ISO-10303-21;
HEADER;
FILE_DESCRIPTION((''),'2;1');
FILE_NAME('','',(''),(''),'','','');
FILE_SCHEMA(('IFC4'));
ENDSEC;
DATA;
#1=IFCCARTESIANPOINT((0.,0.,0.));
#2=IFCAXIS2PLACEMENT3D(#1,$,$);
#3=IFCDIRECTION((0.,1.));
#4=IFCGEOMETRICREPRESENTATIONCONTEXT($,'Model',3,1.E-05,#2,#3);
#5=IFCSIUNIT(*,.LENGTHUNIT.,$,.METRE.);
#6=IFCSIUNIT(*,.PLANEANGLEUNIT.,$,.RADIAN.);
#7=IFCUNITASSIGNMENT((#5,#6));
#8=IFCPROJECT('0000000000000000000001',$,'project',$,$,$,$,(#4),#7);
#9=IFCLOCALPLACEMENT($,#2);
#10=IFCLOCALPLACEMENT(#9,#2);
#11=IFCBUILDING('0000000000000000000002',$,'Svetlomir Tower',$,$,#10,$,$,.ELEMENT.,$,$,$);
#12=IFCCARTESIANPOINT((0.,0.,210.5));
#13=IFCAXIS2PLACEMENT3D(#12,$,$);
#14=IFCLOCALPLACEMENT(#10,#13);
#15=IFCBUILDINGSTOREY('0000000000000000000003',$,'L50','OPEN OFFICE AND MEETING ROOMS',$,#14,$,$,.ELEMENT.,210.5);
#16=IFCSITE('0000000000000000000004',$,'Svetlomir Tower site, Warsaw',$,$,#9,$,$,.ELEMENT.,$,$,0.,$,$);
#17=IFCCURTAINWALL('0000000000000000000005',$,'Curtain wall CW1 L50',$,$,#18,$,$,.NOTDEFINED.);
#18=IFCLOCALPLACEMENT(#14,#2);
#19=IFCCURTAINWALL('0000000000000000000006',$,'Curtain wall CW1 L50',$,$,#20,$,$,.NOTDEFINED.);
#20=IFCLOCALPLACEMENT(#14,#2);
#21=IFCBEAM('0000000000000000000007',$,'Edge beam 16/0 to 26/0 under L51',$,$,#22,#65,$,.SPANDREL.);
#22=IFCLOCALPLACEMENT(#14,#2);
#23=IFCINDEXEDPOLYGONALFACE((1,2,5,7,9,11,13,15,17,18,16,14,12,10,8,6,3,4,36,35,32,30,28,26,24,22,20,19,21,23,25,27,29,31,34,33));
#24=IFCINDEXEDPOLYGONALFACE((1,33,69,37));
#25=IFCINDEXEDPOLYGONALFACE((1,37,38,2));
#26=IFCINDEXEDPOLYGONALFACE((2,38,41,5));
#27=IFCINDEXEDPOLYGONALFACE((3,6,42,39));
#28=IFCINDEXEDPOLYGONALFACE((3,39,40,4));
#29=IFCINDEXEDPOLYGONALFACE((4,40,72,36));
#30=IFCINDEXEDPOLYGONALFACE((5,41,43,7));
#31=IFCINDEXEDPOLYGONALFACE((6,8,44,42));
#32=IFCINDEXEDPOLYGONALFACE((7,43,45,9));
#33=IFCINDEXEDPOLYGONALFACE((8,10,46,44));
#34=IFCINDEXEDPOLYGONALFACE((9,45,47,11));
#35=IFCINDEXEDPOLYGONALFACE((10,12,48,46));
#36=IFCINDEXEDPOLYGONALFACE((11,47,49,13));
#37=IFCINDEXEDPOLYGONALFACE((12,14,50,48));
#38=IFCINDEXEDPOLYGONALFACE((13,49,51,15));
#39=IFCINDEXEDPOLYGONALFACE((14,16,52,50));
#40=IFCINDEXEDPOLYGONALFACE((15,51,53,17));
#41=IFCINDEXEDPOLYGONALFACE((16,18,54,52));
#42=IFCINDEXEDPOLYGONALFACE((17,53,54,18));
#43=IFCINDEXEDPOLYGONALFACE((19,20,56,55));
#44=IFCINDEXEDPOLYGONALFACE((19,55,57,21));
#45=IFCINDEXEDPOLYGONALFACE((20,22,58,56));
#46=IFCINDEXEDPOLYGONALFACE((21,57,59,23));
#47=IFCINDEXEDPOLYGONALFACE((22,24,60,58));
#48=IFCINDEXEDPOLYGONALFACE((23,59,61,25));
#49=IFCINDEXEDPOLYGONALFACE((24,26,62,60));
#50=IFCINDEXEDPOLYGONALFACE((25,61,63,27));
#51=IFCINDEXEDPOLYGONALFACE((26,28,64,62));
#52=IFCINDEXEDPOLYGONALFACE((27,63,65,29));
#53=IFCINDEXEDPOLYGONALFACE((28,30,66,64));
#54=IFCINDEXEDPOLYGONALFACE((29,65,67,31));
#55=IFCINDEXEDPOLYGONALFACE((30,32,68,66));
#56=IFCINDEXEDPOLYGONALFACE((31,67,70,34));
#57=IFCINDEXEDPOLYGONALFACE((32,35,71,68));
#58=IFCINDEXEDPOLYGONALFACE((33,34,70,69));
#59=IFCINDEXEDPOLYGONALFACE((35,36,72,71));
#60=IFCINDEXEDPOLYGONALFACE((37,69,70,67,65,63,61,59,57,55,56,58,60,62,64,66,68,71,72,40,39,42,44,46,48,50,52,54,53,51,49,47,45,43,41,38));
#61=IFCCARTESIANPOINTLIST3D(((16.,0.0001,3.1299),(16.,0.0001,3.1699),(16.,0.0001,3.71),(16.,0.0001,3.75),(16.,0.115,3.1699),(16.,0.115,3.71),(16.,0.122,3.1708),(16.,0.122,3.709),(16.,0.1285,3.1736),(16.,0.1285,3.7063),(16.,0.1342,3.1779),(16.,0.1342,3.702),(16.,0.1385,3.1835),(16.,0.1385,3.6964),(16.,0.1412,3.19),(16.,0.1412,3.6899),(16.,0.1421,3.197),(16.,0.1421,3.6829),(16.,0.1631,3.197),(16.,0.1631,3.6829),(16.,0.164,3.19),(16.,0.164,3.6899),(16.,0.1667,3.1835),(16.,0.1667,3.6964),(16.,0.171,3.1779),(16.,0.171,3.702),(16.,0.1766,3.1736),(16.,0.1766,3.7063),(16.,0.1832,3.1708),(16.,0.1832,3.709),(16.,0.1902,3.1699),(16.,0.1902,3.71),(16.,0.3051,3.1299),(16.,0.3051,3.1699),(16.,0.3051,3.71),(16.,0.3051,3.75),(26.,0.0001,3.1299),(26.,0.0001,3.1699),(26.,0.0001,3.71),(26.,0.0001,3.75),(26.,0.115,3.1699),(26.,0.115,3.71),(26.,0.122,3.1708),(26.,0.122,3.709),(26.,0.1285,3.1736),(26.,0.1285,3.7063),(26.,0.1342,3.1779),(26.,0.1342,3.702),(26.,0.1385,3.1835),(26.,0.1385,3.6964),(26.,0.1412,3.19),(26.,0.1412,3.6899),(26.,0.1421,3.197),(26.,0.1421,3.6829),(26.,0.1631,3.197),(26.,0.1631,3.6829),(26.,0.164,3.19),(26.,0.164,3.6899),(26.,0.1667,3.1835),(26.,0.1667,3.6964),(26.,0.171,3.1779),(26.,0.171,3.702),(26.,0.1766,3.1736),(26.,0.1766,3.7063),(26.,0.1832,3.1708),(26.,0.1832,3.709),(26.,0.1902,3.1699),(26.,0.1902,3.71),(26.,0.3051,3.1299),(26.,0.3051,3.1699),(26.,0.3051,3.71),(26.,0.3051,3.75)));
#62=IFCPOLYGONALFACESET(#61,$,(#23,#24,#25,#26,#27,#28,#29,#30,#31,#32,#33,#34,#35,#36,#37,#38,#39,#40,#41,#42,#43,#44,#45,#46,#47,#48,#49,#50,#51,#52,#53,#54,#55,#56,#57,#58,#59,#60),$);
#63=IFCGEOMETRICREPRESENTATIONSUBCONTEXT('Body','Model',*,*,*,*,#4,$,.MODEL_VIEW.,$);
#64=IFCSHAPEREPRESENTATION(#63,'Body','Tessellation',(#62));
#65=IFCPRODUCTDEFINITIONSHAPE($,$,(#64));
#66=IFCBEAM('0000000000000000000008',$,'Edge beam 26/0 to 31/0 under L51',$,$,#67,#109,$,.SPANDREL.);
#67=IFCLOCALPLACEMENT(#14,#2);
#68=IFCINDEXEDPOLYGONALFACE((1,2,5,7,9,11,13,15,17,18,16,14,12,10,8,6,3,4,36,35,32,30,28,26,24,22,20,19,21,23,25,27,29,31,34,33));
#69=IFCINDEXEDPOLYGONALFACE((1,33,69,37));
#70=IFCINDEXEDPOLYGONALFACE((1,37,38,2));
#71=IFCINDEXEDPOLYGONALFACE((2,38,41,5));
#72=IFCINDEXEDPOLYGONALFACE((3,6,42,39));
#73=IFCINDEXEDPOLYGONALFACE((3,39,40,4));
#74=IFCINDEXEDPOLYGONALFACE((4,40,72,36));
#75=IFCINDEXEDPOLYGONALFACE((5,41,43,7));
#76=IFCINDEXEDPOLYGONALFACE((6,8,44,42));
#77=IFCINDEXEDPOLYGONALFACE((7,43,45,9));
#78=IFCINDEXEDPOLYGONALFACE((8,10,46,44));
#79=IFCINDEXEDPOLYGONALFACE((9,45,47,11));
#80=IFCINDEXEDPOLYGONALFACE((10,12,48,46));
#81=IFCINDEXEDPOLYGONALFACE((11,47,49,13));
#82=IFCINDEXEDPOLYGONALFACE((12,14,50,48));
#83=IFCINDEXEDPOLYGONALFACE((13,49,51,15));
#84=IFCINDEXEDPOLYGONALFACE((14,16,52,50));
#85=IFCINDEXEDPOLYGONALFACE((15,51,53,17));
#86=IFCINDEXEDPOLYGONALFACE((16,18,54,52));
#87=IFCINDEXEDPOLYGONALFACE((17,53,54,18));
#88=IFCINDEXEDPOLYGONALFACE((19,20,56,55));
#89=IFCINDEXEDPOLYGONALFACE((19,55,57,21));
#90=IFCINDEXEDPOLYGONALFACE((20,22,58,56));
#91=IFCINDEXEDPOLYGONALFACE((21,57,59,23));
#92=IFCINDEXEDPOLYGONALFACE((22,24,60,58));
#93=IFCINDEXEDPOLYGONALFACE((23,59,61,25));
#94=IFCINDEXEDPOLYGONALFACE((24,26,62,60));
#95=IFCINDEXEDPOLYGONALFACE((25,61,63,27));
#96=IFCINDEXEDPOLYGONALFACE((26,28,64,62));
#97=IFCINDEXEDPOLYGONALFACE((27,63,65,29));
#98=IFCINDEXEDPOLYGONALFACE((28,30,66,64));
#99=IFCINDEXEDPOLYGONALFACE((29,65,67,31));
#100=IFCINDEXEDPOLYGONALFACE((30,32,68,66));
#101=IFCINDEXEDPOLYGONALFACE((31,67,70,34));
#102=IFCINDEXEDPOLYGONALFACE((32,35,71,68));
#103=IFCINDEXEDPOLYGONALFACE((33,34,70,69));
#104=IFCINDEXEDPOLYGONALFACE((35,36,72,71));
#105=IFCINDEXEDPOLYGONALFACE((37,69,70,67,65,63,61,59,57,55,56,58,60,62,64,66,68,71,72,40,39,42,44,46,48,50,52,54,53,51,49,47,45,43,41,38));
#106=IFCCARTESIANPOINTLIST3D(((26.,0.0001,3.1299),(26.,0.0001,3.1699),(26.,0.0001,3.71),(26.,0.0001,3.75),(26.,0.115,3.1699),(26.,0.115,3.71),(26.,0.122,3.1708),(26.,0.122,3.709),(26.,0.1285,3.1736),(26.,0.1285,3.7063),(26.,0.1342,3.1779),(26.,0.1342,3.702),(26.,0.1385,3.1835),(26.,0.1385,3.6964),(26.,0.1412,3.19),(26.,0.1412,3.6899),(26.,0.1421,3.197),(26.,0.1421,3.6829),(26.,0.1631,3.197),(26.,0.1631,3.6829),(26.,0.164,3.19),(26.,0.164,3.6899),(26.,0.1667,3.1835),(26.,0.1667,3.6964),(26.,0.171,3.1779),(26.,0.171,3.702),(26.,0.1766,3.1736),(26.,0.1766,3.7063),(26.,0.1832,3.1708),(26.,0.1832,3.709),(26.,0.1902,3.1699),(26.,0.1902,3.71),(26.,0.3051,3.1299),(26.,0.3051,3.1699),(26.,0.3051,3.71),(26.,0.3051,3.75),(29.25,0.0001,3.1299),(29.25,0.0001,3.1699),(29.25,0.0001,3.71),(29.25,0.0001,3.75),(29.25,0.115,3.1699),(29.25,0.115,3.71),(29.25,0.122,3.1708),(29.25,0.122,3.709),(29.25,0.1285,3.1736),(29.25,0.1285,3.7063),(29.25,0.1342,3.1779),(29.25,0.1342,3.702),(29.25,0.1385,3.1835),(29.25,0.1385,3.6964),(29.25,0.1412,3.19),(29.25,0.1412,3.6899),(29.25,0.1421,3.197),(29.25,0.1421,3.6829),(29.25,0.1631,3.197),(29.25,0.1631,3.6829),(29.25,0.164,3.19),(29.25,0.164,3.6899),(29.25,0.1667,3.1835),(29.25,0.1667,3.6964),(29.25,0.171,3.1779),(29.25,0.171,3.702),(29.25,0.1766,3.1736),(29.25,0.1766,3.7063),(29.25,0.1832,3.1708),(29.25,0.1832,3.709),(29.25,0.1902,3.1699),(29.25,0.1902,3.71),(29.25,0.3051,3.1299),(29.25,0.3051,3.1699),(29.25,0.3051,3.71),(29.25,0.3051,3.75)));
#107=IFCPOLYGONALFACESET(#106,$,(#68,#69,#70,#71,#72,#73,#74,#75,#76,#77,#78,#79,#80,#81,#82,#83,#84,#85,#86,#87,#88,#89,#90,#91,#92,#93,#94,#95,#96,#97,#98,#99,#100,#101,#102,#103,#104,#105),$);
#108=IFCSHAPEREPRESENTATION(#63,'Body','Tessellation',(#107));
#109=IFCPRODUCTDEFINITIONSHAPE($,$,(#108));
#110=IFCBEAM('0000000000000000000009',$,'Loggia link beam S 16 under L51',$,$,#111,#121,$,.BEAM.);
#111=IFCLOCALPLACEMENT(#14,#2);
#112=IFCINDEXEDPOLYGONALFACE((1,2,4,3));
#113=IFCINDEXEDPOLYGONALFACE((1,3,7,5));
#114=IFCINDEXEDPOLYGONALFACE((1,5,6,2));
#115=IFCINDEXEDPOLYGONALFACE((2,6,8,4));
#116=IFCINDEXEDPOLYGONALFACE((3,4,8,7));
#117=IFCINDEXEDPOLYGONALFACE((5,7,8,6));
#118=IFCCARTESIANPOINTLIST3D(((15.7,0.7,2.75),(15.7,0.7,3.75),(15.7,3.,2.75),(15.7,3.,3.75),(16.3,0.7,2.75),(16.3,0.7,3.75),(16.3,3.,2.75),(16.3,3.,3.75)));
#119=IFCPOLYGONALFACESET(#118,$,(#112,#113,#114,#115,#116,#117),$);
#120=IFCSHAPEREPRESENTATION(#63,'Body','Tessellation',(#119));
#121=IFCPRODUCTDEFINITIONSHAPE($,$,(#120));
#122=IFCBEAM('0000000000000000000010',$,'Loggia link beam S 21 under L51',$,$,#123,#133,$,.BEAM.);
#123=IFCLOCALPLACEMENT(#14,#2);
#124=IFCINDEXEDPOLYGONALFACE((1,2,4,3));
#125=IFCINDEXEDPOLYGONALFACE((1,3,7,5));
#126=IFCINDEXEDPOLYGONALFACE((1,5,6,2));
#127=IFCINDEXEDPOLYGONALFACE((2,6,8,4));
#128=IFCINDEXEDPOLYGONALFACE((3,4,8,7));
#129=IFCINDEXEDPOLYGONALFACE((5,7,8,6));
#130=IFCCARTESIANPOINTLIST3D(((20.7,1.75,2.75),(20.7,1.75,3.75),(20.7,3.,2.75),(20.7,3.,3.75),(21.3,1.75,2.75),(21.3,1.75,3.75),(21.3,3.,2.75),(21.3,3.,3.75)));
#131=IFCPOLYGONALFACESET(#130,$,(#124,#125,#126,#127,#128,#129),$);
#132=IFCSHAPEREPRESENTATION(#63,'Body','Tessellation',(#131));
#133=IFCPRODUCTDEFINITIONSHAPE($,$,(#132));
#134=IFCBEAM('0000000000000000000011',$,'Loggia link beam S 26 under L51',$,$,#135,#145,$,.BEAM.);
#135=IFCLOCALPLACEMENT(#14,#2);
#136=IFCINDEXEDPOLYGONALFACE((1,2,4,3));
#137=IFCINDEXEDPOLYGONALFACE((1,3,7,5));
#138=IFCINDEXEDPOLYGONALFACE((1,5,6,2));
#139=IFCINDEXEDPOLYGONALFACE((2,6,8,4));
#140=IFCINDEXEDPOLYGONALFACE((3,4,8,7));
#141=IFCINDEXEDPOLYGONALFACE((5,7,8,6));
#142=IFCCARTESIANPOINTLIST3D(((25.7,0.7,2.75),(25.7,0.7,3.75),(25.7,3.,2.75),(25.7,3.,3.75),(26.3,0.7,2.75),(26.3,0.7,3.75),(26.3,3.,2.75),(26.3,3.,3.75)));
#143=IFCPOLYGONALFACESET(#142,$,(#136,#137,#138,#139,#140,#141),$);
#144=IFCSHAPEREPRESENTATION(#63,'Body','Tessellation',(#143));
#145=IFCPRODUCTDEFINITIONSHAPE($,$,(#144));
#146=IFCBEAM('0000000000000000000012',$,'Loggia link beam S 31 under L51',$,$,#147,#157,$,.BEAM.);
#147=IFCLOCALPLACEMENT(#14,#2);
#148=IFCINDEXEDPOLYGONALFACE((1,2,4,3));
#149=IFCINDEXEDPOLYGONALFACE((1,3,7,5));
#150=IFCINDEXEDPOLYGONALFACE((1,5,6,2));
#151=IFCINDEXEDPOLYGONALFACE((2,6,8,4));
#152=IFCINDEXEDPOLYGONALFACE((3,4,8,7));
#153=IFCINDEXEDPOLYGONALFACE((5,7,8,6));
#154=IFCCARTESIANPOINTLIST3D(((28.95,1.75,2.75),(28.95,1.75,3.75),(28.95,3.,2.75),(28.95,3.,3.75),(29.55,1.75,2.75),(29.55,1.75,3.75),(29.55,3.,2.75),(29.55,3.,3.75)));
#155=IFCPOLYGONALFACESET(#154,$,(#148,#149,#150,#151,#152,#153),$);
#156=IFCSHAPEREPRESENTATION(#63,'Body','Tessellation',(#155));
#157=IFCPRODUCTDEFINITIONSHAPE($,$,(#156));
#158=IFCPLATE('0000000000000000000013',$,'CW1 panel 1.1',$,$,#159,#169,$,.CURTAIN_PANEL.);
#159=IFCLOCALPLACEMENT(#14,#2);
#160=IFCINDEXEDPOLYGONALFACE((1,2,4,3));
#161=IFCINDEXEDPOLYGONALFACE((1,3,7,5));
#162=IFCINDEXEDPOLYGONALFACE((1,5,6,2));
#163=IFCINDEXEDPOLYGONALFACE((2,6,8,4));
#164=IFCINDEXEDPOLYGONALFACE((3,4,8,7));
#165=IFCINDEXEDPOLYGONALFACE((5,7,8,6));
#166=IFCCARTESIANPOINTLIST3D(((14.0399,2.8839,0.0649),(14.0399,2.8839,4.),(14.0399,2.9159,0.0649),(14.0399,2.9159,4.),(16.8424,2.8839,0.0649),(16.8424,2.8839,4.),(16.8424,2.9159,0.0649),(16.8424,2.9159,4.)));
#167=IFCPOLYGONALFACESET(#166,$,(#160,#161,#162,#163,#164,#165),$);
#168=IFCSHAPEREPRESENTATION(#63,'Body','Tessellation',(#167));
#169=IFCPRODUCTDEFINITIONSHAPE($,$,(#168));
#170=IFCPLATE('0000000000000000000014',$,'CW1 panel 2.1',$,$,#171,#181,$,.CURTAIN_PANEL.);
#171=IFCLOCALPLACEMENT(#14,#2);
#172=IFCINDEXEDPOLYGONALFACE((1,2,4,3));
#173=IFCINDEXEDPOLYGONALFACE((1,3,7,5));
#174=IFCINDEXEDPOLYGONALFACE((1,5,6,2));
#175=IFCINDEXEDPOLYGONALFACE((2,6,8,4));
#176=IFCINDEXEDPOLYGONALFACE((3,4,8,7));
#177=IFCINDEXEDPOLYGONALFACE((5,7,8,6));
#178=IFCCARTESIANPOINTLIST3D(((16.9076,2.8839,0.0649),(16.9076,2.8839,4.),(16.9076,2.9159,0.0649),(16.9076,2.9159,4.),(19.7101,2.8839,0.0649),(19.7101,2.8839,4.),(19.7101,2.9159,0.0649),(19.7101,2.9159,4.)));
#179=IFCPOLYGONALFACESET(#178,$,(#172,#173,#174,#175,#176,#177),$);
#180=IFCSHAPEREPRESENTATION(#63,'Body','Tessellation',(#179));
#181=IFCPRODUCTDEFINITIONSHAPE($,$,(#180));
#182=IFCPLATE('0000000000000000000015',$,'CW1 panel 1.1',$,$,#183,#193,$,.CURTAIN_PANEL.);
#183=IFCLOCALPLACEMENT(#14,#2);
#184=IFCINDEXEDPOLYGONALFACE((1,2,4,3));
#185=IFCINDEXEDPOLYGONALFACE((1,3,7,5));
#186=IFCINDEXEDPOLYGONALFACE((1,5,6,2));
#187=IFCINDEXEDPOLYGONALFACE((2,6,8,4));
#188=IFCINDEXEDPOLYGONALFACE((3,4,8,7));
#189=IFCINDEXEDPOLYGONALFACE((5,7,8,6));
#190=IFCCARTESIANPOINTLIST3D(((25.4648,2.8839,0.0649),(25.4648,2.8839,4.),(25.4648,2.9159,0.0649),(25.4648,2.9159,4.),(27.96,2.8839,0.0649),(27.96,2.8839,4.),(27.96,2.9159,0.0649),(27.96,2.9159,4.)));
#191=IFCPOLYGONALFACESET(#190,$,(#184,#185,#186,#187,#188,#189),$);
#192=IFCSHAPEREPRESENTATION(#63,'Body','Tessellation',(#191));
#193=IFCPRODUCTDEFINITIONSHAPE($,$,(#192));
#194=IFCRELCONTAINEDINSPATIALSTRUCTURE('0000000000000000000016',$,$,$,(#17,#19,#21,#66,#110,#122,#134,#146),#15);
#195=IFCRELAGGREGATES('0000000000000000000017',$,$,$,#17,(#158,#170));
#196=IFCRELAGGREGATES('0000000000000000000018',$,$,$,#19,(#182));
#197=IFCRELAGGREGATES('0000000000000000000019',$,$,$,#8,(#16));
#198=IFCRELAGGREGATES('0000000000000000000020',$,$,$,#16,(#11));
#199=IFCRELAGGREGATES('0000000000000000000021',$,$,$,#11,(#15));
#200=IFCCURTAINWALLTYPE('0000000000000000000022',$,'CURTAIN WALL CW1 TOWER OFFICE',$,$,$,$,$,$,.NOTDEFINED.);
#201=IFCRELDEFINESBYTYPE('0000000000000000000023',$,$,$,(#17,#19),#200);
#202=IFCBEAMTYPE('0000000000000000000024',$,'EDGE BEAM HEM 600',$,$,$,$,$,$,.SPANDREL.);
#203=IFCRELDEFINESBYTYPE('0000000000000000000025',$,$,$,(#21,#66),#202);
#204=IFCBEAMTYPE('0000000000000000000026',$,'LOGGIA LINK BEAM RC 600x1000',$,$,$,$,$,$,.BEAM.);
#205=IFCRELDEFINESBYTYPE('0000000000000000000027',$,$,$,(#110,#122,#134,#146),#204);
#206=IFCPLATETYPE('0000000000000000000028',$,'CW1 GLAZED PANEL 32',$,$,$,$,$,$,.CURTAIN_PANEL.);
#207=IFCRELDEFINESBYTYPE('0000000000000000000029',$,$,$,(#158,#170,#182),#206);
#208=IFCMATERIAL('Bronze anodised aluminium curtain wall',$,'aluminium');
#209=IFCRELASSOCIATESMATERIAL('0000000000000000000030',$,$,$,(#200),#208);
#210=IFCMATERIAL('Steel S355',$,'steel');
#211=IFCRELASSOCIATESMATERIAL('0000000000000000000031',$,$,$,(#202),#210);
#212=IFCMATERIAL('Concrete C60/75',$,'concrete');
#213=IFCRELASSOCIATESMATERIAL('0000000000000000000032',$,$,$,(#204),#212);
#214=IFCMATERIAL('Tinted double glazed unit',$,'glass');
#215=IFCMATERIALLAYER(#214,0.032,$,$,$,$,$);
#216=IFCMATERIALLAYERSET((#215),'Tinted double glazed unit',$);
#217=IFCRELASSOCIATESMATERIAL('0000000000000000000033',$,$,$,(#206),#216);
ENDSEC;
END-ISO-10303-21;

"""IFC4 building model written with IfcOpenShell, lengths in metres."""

from ifc_helpers import new_model, si_unit, direction, frame, origin, origin_2d, place, context, subcontext, project, spatial, rectangle, i_section, extrude, material, layer, layer_set, material_profile, profile_set, type_object, element, aggregate, save


model = new_model("IFC4")

# Units and contexts
model_context = context("Model", 3, precision=1e-05, world=origin(), true_north=direction((0.0, 1.0)))
body_context = subcontext(model_context, "Body", "Model", "MODEL_VIEW")
ifc_project = project(units=[si_unit("LENGTHUNIT", "METRE"), si_unit("PLANEANGLEUNIT", "RADIAN")], contexts=[model_context])

# Site, building, storey
site_placement = place(None, origin())
site = spatial("IfcSite", under=ifc_project, at=site_placement, Name="Svetlomir Tower site, Warsaw", CompositionType="ELEMENT", RefElevation=0.0)
building_placement = place(site_placement, origin())
building = spatial("IfcBuilding", under=site, at=building_placement, Name="Svetlomir Tower", CompositionType="ELEMENT")
storey_placement = place(building_placement, frame((0.0, 0.0, 210.5)))
storey = spatial("IfcBuildingStorey", under=building, at=storey_placement, Name="L50", Description="OPEN OFFICE AND MEETING ROOMS", CompositionType="ELEMENT", Elevation=210.5)

# Curtain wall
ifc_material_1 = material(Name="Bronze anodised aluminium curtain wall", Category="aluminium")
curtain_wall_type = type_object("IfcCurtainWallType", Name="CURTAIN WALL CW1 TOWER OFFICE", PredefinedType="NOTDEFINED", material=ifc_material_1)
curtain_wall_1_placement = place(storey_placement, origin())
curtain_wall_1 = element("IfcCurtainWall", 1, at=curtain_wall_1_placement, inside=storey, type_object=curtain_wall_type, Name="Curtain wall CW1 L50", PredefinedType="NOTDEFINED")

# Curtain wall
curtain_wall_2_placement = place(storey_placement, origin())
curtain_wall_2 = element("IfcCurtainWall", 2, at=curtain_wall_2_placement, inside=storey, type_object=curtain_wall_type, Name="Curtain wall CW1 L50", PredefinedType="NOTDEFINED")

# Beams
ifc_material_2 = material(Name="Steel S355", Category="steel")
ifc_material_profile_1 = material_profile(ifc_material_2, i_section(OverallWidth=0.3049, OverallDepth=0.6201, WebThickness=0.021, FlangeThickness=0.04, FilletRadius=0.0271, at=origin_2d()), Name="HEM 600")
ifc_profile_set_1 = profile_set([ifc_material_profile_1], Name="Steel S355")
beam_type_1 = type_object("IfcBeamType", Name="EDGE BEAM HEM 600", PredefinedType="SPANDREL", material=ifc_profile_set_1)
beam_1_placement = place(storey_placement, frame((16.0, 0.1526, 3.4399), z_axis=(1.0, 0.0, 0.0), x_axis=(0.0, 1.0, 0.0)))
element("IfcBeam", 3, at=beam_1_placement, inside=storey, type_object=beam_type_1, Name="Edge beam 16/0 to 26/0 under L51", PredefinedType="SPANDREL", context=body_context, shape_type="SweptSolid", body=[
    extrude(i_section(OverallWidth=0.3049, OverallDepth=0.6201, WebThickness=0.021, FlangeThickness=0.04, FilletRadius=0.0271, at=origin_2d()), origin(), (0.0, 0.0, 1.0), 10.0),
])
beam_2_placement = place(storey_placement, frame((26.0, 0.1526, 3.4399), z_axis=(1.0, 0.0, 0.0), x_axis=(0.0, 1.0, 0.0)))
element("IfcBeam", 4, at=beam_2_placement, inside=storey, type_object=beam_type_1, Name="Edge beam 26/0 to 31/0 under L51", PredefinedType="SPANDREL", context=body_context, shape_type="SweptSolid", body=[
    extrude(i_section(OverallWidth=0.3049, OverallDepth=0.6201, WebThickness=0.021, FlangeThickness=0.04, FilletRadius=0.0271, at=origin_2d()), origin(), (0.0, 0.0, 1.0), 3.25),
])
ifc_material_3 = material(Name="Concrete C60/75", Category="concrete")
ifc_material_profile_2 = material_profile(ifc_material_3, rectangle(XDim=0.6001, YDim=1.0, at=origin_2d()), Name="RC 600x1000")
ifc_profile_set_2 = profile_set([ifc_material_profile_2], Name="Concrete C60/75")
beam_type_2 = type_object("IfcBeamType", Name="LOGGIA LINK BEAM RC 600x1000", PredefinedType="BEAM", material=ifc_profile_set_2)
beam_3_placement = place(storey_placement, frame((16.0, 0.7, 3.25), z_axis=(0.0, 1.0, 0.0), x_axis=(-1.0, 0.0, 0.0)))
element("IfcBeam", 5, at=beam_3_placement, inside=storey, type_object=beam_type_2, Name="Loggia link beam S 16 under L51", PredefinedType="BEAM", context=body_context, shape_type="SweptSolid", body=[
    extrude(rectangle(XDim=0.6001, YDim=1.0, at=origin_2d()), origin(), (0.0, 0.0, 1.0), 2.3),
])
beam_4_placement = place(storey_placement, frame((21.0, 1.75, 3.25), z_axis=(0.0, 1.0, 0.0), x_axis=(-1.0, 0.0, 0.0)))
element("IfcBeam", 6, at=beam_4_placement, inside=storey, type_object=beam_type_2, Name="Loggia link beam S 21 under L51", PredefinedType="BEAM", context=body_context, shape_type="SweptSolid", body=[
    extrude(rectangle(XDim=0.6001, YDim=1.0, at=origin_2d()), origin(), (0.0, 0.0, 1.0), 1.25),
])
beam_5_placement = place(storey_placement, frame((26.0, 0.7, 3.25), z_axis=(0.0, 1.0, 0.0), x_axis=(-1.0, 0.0, 0.0)))
element("IfcBeam", 7, at=beam_5_placement, inside=storey, type_object=beam_type_2, Name="Loggia link beam S 26 under L51", PredefinedType="BEAM", context=body_context, shape_type="SweptSolid", body=[
    extrude(rectangle(XDim=0.6001, YDim=1.0, at=origin_2d()), origin(), (0.0, 0.0, 1.0), 2.3),
])
beam_6_placement = place(storey_placement, frame((29.25, 1.75, 3.25), z_axis=(0.0, 1.0, 0.0), x_axis=(-1.0, 0.0, 0.0)))
element("IfcBeam", 8, at=beam_6_placement, inside=storey, type_object=beam_type_2, Name="Loggia link beam S 31 under L51", PredefinedType="BEAM", context=body_context, shape_type="SweptSolid", body=[
    extrude(rectangle(XDim=0.6001, YDim=1.0, at=origin_2d()), origin(), (0.0, 0.0, 1.0), 1.25),
])

# Plates
ifc_material_4 = material(Name="Tinted double glazed unit", Category="glass")
ifc_layer_1 = layer(ifc_material_4, 0.032)
ifc_layer_set_1 = layer_set([ifc_layer_1], Name="Tinted double glazed unit")
plate_type = type_object("IfcPlateType", Name="CW1 GLAZED PANEL 32", PredefinedType="CURTAIN_PANEL", material=ifc_layer_set_1)
plate_1_placement = place(storey_placement, frame((15.4412, 2.8999, 0.0649), z_axis=(0.0, 0.0, 1.0), x_axis=(1.0, 0.0, 0.0)))
plate_1 = element("IfcPlate", 9, at=plate_1_placement, type_object=plate_type, Name="CW1 panel 1.1", PredefinedType="CURTAIN_PANEL", context=body_context, shape_type="SweptSolid", body=[
    extrude(rectangle(XDim=2.8025, YDim=0.032, at=origin_2d()), origin(), (0.0, 0.0, 1.0), 3.9351),
])
plate_2_placement = place(storey_placement, frame((18.3088, 2.8999, 0.0649), z_axis=(0.0, 0.0, 1.0), x_axis=(1.0, 0.0, 0.0)))
plate_2 = element("IfcPlate", 10, at=plate_2_placement, type_object=plate_type, Name="CW1 panel 2.1", PredefinedType="CURTAIN_PANEL", context=body_context, shape_type="SweptSolid", body=[
    extrude(rectangle(XDim=2.8025, YDim=0.032, at=origin_2d()), origin(), (0.0, 0.0, 1.0), 3.9351),
])
aggregate(curtain_wall_1, [plate_1, plate_2])
plate_3_placement = place(storey_placement, frame((26.7124, 2.8999, 0.0649), z_axis=(0.0, 0.0, 1.0), x_axis=(1.0, 0.0, 0.0)))
plate_3 = element("IfcPlate", 11, at=plate_3_placement, type_object=plate_type, Name="CW1 panel 1.1", PredefinedType="CURTAIN_PANEL", context=body_context, shape_type="SweptSolid", body=[
    extrude(rectangle(XDim=2.4951, YDim=0.032, at=origin_2d()), origin(), (0.0, 0.0, 1.0), 3.9351),
])
aggregate(curtain_wall_2, [plate_3])

save(model, "model.ifc")
